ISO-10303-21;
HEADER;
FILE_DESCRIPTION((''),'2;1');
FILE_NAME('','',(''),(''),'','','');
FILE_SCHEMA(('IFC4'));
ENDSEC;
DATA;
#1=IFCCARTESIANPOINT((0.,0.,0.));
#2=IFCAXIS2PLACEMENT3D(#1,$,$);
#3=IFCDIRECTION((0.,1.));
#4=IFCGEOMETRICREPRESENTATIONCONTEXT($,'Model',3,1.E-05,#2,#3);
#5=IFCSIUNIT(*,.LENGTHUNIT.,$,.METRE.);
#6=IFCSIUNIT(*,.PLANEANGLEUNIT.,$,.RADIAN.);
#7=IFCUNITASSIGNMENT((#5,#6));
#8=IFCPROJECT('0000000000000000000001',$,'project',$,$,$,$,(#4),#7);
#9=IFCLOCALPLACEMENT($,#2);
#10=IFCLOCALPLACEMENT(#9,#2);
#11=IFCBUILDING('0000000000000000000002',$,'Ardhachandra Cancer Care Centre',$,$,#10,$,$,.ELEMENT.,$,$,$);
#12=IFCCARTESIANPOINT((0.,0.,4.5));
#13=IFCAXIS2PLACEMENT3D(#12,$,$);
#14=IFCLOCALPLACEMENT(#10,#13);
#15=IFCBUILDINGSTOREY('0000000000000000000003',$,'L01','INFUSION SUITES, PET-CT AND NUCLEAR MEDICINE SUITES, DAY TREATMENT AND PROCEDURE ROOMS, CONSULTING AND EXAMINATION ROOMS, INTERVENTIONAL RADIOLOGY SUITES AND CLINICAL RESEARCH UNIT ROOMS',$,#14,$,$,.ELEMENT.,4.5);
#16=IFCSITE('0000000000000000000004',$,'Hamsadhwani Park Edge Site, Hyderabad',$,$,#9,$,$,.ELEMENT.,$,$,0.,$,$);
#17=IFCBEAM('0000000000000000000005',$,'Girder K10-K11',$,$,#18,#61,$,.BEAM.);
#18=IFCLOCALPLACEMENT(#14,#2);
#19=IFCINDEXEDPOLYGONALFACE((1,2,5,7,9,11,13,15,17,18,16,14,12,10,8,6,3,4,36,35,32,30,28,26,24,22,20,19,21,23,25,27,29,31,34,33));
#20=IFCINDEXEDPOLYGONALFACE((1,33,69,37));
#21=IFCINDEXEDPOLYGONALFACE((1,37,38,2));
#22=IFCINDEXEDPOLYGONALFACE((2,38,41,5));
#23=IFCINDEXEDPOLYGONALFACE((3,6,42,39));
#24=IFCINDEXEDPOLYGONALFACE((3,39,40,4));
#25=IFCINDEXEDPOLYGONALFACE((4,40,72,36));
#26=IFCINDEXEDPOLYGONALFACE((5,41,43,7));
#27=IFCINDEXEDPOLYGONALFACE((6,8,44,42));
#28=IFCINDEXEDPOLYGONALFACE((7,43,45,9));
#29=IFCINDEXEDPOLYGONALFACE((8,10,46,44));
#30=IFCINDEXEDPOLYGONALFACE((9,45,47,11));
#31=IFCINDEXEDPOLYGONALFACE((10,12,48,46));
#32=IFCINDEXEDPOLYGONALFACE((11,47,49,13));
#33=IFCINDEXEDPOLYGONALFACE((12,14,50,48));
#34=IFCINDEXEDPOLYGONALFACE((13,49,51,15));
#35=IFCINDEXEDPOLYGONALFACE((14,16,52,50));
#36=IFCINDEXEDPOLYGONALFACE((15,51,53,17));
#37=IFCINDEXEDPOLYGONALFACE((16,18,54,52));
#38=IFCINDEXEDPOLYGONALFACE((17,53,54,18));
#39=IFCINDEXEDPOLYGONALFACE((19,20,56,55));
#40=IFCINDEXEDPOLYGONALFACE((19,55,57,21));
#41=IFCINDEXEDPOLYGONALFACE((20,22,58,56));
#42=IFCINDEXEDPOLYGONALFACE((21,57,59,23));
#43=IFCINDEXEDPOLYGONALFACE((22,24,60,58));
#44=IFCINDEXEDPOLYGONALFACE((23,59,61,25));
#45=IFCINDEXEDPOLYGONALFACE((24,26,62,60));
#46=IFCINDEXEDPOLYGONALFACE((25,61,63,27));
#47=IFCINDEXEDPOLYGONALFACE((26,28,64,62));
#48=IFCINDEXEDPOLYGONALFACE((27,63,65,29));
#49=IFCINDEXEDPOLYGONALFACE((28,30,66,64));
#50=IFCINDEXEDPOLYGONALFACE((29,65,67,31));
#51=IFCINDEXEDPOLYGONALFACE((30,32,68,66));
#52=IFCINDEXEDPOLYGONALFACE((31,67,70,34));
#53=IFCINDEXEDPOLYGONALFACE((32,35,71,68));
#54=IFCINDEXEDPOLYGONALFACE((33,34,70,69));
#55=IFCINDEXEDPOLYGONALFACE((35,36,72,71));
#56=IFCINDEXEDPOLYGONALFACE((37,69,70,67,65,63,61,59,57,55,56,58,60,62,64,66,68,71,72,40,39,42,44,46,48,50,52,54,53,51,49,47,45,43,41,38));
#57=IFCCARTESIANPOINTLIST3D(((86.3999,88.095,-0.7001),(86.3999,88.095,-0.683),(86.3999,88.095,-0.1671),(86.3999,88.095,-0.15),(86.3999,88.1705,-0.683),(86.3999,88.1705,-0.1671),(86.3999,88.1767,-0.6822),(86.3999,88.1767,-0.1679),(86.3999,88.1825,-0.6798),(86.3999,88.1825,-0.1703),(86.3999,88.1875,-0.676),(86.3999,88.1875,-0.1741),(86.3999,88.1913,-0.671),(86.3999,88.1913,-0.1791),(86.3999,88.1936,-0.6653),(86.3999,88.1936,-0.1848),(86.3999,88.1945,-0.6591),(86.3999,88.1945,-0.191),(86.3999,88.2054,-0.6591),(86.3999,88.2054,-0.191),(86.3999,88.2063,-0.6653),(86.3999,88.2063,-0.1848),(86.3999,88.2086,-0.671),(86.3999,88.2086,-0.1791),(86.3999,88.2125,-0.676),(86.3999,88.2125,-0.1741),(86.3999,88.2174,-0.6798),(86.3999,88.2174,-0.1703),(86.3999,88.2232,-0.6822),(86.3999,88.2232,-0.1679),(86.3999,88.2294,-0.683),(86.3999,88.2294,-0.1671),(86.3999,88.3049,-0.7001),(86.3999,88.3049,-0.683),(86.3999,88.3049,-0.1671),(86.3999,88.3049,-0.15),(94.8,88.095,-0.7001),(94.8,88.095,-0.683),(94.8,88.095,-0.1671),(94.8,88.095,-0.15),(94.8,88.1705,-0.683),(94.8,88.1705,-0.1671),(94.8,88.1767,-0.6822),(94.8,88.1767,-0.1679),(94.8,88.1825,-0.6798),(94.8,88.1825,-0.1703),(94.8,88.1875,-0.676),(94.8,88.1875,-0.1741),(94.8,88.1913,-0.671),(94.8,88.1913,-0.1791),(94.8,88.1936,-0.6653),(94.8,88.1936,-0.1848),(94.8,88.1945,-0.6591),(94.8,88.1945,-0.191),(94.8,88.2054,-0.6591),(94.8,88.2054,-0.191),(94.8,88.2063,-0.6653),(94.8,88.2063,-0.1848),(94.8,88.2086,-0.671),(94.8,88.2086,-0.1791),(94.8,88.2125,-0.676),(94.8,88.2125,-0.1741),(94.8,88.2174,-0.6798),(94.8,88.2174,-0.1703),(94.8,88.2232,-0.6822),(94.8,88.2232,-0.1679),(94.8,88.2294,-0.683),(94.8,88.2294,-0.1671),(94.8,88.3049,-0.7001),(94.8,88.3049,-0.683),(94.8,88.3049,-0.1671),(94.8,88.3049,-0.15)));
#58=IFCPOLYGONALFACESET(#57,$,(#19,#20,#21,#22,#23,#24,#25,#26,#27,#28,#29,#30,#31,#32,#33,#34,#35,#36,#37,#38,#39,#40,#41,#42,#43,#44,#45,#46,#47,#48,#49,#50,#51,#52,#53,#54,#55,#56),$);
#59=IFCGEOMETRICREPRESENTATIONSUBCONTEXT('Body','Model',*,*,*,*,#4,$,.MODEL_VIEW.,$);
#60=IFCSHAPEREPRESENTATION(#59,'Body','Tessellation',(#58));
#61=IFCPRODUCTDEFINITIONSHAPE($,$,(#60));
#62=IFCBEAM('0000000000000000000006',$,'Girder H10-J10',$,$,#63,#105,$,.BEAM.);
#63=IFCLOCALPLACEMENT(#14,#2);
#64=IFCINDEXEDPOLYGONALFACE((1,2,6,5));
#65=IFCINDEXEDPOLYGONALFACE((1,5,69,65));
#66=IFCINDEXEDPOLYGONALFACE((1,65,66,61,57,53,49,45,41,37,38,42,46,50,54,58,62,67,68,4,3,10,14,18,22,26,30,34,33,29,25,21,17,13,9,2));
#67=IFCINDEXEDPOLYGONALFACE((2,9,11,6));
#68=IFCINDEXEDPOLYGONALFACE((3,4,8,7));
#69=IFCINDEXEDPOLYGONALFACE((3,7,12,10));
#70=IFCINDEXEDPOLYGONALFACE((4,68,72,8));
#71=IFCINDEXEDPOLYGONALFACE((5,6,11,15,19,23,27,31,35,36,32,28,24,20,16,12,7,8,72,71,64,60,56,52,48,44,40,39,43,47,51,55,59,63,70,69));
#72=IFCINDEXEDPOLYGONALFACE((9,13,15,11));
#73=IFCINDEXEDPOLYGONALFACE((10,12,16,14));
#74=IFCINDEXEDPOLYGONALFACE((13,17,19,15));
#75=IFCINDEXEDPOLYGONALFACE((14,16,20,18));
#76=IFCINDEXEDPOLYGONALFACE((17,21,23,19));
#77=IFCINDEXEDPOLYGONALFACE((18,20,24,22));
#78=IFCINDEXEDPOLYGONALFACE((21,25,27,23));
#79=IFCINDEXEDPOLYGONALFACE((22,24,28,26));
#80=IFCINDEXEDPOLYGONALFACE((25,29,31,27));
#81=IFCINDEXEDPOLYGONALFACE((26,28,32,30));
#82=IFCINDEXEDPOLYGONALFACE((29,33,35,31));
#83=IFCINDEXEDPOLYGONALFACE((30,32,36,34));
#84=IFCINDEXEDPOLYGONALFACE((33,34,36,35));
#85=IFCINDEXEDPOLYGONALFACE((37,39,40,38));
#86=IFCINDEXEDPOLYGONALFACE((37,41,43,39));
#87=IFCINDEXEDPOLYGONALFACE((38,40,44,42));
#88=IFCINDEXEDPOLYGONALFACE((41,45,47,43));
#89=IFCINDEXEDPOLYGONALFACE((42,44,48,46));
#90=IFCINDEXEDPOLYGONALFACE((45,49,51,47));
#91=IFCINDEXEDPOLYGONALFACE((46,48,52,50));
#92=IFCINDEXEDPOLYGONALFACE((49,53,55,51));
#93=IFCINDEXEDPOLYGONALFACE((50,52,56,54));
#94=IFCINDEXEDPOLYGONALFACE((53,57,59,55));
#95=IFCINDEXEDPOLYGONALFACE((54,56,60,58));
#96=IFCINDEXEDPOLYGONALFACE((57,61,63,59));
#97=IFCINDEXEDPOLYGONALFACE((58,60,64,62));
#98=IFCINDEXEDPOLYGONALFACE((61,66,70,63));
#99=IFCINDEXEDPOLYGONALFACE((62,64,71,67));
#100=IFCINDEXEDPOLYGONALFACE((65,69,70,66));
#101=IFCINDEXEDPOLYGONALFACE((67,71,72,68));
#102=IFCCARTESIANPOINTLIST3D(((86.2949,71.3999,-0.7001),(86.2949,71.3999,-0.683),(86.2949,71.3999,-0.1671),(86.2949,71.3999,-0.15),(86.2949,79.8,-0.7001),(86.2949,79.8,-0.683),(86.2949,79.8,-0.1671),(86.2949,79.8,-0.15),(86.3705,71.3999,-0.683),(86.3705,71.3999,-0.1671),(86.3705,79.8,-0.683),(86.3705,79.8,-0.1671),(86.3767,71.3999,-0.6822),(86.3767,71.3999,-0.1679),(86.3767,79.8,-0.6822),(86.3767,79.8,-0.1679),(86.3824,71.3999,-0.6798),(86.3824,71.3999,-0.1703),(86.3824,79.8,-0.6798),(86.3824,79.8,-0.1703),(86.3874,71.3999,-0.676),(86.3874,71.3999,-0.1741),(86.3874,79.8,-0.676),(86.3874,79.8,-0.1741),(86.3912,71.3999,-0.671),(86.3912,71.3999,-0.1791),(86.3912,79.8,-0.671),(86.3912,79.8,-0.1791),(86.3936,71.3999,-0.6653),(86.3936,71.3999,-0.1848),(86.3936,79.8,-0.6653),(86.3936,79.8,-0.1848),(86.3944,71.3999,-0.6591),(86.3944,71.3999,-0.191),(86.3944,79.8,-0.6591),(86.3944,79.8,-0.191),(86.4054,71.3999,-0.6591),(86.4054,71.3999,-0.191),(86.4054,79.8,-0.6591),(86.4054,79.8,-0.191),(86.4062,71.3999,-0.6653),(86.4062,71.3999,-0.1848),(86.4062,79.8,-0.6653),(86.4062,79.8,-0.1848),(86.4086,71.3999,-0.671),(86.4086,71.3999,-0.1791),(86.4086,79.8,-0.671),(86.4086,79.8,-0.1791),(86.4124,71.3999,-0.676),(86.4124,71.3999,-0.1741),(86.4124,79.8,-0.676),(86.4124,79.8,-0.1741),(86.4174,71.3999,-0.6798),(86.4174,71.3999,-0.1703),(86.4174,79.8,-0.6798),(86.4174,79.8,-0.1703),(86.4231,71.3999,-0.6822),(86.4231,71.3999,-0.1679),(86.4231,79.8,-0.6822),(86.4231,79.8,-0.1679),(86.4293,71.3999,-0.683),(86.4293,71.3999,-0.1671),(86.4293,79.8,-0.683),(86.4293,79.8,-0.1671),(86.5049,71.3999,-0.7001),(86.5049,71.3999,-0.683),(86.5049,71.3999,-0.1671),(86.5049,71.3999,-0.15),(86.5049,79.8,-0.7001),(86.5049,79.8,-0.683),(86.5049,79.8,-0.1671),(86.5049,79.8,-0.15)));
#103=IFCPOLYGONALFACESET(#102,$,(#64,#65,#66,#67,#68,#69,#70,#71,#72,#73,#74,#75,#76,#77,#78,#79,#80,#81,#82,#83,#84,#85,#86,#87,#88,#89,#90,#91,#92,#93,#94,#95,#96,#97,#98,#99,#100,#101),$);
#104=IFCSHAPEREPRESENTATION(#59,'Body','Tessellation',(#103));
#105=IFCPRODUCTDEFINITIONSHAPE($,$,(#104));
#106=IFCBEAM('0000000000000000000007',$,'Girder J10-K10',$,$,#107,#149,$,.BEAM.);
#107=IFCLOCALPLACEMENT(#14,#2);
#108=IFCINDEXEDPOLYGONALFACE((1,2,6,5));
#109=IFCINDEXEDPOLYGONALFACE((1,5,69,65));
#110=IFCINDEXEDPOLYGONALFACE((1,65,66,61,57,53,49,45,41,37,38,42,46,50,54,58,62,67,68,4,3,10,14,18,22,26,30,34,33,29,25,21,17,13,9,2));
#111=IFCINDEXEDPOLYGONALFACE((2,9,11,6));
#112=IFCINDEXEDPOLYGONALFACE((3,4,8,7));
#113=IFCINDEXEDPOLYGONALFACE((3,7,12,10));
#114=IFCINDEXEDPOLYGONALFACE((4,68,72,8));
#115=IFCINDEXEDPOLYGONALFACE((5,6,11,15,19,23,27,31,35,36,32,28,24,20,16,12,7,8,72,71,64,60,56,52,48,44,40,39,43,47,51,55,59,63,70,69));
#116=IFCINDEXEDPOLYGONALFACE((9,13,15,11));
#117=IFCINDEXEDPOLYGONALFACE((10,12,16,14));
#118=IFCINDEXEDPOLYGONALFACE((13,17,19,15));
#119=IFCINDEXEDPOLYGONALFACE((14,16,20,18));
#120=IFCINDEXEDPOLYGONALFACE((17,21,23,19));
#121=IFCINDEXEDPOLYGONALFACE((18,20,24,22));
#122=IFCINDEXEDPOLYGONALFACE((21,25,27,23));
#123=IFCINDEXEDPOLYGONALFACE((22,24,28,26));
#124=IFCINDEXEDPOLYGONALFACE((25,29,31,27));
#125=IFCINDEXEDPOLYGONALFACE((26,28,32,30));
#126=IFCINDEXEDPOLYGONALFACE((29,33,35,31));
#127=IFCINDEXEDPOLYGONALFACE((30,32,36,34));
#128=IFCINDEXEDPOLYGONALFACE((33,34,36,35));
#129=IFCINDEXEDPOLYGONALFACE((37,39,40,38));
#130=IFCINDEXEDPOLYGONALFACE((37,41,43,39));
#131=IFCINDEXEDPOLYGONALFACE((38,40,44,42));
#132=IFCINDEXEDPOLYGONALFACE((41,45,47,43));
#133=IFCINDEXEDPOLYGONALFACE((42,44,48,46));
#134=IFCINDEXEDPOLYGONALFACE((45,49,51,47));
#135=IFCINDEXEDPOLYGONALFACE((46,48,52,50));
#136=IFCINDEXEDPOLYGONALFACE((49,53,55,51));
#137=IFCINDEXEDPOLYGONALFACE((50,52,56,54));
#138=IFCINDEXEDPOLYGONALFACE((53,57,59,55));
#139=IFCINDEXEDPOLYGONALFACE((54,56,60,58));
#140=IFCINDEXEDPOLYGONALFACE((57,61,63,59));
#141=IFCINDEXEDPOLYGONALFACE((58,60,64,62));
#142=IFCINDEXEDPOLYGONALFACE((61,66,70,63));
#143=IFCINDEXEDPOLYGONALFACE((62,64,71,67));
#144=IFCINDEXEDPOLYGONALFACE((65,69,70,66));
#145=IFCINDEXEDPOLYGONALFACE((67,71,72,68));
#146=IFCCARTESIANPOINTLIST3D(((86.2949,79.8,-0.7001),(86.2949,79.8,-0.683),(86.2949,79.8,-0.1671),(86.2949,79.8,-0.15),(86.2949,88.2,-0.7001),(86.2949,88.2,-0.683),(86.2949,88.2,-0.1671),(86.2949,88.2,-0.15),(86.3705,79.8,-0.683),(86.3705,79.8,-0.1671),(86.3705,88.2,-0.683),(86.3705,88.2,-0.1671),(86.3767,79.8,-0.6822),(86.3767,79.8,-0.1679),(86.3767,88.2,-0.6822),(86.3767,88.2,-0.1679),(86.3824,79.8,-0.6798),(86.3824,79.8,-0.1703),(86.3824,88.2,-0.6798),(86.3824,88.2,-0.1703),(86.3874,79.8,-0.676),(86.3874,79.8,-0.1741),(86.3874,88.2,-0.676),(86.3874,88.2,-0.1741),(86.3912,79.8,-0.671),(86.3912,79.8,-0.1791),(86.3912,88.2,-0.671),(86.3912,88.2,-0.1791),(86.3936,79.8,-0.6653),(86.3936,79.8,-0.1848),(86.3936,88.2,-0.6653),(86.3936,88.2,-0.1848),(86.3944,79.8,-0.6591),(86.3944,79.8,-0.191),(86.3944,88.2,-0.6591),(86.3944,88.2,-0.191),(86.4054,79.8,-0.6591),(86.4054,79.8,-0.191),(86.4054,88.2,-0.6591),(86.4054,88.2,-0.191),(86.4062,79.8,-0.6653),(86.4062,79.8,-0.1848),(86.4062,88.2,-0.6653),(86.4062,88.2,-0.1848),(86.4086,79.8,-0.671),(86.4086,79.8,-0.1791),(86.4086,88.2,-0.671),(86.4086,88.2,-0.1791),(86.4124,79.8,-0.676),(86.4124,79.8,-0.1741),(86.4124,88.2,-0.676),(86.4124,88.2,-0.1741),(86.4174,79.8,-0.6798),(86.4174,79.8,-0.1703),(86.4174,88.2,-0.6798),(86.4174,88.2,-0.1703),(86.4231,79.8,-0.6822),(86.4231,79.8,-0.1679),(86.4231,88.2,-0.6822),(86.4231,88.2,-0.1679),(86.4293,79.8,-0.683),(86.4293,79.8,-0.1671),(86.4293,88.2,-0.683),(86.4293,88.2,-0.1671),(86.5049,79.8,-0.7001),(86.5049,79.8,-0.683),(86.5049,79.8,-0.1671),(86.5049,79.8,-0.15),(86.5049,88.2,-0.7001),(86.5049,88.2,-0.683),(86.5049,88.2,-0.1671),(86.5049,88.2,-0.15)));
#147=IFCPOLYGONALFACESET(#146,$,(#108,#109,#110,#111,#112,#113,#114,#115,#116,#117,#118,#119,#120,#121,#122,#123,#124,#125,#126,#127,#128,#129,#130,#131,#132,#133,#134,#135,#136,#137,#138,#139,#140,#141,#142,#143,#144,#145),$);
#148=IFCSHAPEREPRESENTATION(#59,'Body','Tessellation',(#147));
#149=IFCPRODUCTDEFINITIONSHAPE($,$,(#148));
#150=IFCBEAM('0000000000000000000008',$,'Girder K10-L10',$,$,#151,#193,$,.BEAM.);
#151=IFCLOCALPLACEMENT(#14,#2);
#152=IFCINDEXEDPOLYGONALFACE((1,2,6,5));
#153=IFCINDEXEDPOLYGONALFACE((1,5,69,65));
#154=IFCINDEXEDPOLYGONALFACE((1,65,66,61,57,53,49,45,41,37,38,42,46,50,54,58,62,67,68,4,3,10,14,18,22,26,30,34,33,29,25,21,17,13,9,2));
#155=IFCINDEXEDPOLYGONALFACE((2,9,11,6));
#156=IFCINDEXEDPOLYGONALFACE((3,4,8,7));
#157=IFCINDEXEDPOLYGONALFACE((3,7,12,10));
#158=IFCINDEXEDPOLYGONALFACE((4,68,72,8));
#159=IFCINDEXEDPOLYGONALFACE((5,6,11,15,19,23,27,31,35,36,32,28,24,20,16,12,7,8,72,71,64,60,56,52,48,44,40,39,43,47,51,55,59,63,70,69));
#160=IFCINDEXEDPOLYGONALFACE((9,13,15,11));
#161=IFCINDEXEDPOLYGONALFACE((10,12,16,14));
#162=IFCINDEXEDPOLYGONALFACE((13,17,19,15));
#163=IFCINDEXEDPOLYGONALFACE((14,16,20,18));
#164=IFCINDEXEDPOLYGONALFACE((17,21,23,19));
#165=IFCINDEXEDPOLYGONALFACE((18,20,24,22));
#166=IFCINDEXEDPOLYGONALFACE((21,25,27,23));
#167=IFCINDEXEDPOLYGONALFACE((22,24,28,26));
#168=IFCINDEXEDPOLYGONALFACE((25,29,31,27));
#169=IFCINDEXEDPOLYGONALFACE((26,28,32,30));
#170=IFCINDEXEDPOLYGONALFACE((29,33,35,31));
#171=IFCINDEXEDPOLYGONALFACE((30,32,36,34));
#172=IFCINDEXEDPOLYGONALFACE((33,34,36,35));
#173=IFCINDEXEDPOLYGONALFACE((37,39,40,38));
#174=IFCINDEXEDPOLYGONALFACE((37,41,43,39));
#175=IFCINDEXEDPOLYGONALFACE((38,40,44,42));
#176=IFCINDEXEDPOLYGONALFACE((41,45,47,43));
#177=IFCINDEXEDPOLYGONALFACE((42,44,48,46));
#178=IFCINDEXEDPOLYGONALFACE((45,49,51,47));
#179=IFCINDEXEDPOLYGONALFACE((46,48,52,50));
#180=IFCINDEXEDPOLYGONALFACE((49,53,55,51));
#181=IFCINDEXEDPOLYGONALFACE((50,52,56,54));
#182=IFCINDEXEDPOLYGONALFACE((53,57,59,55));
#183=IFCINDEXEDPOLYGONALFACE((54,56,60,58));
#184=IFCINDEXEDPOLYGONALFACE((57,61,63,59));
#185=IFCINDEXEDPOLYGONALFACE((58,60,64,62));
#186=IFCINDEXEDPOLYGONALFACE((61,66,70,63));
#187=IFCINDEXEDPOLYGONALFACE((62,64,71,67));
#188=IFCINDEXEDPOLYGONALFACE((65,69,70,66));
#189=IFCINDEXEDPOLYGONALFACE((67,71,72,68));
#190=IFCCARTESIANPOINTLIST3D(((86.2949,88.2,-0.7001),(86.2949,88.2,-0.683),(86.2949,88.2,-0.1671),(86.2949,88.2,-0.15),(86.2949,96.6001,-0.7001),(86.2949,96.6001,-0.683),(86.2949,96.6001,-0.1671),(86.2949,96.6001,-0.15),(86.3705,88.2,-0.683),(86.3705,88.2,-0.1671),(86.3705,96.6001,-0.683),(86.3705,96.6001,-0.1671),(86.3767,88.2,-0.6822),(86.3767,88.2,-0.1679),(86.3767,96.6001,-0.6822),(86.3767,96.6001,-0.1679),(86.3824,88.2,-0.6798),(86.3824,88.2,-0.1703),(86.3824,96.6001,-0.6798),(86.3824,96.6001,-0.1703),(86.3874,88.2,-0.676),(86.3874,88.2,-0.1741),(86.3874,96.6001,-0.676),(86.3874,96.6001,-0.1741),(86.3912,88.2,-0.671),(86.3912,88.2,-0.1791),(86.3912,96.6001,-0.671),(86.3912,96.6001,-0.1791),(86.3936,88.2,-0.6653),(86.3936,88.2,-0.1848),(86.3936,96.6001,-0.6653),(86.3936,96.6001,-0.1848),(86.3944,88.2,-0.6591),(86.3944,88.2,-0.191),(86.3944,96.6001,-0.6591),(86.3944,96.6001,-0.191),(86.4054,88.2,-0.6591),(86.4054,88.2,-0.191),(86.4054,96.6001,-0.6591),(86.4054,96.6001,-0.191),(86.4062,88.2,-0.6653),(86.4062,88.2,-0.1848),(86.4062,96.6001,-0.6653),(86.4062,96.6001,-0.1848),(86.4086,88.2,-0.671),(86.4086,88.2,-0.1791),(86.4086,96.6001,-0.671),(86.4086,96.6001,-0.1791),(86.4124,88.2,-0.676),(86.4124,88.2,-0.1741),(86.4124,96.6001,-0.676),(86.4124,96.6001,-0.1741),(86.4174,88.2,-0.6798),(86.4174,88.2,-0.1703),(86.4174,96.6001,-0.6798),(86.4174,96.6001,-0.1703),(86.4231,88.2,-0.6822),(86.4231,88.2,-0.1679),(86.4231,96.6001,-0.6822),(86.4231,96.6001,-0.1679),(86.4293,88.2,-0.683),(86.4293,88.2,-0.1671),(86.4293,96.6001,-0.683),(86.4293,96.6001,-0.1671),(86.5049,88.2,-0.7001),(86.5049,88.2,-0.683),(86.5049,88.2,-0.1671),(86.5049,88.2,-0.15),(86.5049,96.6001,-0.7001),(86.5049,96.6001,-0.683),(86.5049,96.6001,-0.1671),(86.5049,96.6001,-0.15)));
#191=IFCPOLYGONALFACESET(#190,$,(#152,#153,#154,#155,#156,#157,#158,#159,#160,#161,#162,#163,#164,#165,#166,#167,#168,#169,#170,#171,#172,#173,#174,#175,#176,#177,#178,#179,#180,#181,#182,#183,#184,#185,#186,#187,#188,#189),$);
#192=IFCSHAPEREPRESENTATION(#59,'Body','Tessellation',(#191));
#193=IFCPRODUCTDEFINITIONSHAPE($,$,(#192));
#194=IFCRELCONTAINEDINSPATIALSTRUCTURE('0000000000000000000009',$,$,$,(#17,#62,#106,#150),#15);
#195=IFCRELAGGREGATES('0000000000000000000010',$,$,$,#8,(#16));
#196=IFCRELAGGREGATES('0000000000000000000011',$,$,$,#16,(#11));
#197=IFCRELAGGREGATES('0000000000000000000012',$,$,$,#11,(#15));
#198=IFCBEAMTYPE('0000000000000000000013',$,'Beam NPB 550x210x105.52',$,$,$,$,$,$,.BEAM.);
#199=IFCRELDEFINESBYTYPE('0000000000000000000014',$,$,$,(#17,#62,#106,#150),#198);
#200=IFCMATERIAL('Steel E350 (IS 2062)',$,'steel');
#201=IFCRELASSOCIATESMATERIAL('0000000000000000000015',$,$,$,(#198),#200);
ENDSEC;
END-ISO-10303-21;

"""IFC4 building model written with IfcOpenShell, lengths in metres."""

from ifc_helpers import new_model, si_unit, direction, frame, origin, origin_2d, place, context, subcontext, project, spatial, i_section, extrude, material, material_profile, profile_set, type_object, element, save


model = new_model("IFC4")

# Units and contexts
model_context = context("Model", 3, precision=1e-05, world=origin(), true_north=direction((0.0, 1.0)))
body_context = subcontext(model_context, "Body", "Model", "MODEL_VIEW")
ifc_project = project(units=[si_unit("LENGTHUNIT", "METRE"), si_unit("PLANEANGLEUNIT", "RADIAN")], contexts=[model_context])

# Site, building, storey
site_placement = place(None, origin())
site = spatial("IfcSite", under=ifc_project, at=site_placement, Name="Hamsadhwani Park Edge Site, Hyderabad", CompositionType="ELEMENT", RefElevation=0.0)
building_placement = place(site_placement, origin())
building = spatial("IfcBuilding", under=site, at=building_placement, Name="Ardhachandra Cancer Care Centre", CompositionType="ELEMENT")
storey_placement = place(building_placement, frame((0.0, 0.0, 4.5)))
storey = spatial("IfcBuildingStorey", under=building, at=storey_placement, Name="L01", Description="INFUSION SUITES, PET-CT AND NUCLEAR MEDICINE SUITES, DAY TREATMENT AND PROCEDURE ROOMS, CONSULTING AND EXAMINATION ROOMS, INTERVENTIONAL RADIOLOGY SUITES AND CLINICAL RESEARCH UNIT ROOMS", CompositionType="ELEMENT", Elevation=4.5)

# Beams
ifc_material_1 = material(Name="Steel E350 (IS 2062)", Category="steel")
ifc_material_profile_1 = material_profile(ifc_material_1, i_section(OverallWidth=0.21, OverallDepth=0.55, WebThickness=0.011, FlangeThickness=0.0171, FilletRadius=0.0239, at=origin_2d()), Name="NPB 550x210x105.52")
ifc_profile_set_1 = profile_set([ifc_material_profile_1], Name="Steel E350 (IS 2062)")
beam_type_1 = type_object("IfcBeamType", Name="Beam NPB 550x210x105.52", PredefinedType="BEAM", material=ifc_profile_set_1)
for number, where, z_axis, x_axis, name in (
    (1, (86.3999, 88.2, -0.425), (1.0, 0.0, 0.0), (0.0, 1.0, 0.0), "Girder K10-K11"),
    (2, (86.3999, 71.3999, -0.425), (0.0, 1.0, 0.0), (-1.0, 0.0, 0.0), "Girder H10-J10"),
):
    element("IfcBeam", number, at=place(storey_placement, frame(where, z_axis=z_axis, x_axis=x_axis)), inside=storey, type_object=beam_type_1, Name=name, PredefinedType="BEAM", context=body_context, shape_type="SweptSolid", body=[
        extrude(i_section(OverallWidth=0.21, OverallDepth=0.55, WebThickness=0.011, FlangeThickness=0.0171, FilletRadius=0.0239, at=origin_2d()), origin(), (0.0, 0.0, 1.0), 8.4001),
    ])
beam_1_placement = place(storey_placement, frame((86.3999, 79.8, -0.425), z_axis=(0.0, 1.0, 0.0), x_axis=(-1.0, 0.0, 0.0)))
element("IfcBeam", 3, at=beam_1_placement, inside=storey, type_object=beam_type_1, Name="Girder J10-K10", PredefinedType="BEAM", context=body_context, shape_type="SweptSolid", body=[
    extrude(i_section(OverallWidth=0.21, OverallDepth=0.55, WebThickness=0.011, FlangeThickness=0.0171, FilletRadius=0.0239, at=origin_2d()), origin(), (0.0, 0.0, 1.0), 8.3999),
])
beam_2_placement = place(storey_placement, frame((86.3999, 88.2, -0.425), z_axis=(0.0, 1.0, 0.0), x_axis=(-1.0, 0.0, 0.0)))
element("IfcBeam", 4, at=beam_2_placement, inside=storey, type_object=beam_type_1, Name="Girder K10-L10", PredefinedType="BEAM", context=body_context, shape_type="SweptSolid", body=[
    extrude(i_section(OverallWidth=0.21, OverallDepth=0.55, WebThickness=0.011, FlangeThickness=0.0171, FilletRadius=0.0239, at=origin_2d()), origin(), (0.0, 0.0, 1.0), 8.4001),
])

save(model, "model.ifc")
